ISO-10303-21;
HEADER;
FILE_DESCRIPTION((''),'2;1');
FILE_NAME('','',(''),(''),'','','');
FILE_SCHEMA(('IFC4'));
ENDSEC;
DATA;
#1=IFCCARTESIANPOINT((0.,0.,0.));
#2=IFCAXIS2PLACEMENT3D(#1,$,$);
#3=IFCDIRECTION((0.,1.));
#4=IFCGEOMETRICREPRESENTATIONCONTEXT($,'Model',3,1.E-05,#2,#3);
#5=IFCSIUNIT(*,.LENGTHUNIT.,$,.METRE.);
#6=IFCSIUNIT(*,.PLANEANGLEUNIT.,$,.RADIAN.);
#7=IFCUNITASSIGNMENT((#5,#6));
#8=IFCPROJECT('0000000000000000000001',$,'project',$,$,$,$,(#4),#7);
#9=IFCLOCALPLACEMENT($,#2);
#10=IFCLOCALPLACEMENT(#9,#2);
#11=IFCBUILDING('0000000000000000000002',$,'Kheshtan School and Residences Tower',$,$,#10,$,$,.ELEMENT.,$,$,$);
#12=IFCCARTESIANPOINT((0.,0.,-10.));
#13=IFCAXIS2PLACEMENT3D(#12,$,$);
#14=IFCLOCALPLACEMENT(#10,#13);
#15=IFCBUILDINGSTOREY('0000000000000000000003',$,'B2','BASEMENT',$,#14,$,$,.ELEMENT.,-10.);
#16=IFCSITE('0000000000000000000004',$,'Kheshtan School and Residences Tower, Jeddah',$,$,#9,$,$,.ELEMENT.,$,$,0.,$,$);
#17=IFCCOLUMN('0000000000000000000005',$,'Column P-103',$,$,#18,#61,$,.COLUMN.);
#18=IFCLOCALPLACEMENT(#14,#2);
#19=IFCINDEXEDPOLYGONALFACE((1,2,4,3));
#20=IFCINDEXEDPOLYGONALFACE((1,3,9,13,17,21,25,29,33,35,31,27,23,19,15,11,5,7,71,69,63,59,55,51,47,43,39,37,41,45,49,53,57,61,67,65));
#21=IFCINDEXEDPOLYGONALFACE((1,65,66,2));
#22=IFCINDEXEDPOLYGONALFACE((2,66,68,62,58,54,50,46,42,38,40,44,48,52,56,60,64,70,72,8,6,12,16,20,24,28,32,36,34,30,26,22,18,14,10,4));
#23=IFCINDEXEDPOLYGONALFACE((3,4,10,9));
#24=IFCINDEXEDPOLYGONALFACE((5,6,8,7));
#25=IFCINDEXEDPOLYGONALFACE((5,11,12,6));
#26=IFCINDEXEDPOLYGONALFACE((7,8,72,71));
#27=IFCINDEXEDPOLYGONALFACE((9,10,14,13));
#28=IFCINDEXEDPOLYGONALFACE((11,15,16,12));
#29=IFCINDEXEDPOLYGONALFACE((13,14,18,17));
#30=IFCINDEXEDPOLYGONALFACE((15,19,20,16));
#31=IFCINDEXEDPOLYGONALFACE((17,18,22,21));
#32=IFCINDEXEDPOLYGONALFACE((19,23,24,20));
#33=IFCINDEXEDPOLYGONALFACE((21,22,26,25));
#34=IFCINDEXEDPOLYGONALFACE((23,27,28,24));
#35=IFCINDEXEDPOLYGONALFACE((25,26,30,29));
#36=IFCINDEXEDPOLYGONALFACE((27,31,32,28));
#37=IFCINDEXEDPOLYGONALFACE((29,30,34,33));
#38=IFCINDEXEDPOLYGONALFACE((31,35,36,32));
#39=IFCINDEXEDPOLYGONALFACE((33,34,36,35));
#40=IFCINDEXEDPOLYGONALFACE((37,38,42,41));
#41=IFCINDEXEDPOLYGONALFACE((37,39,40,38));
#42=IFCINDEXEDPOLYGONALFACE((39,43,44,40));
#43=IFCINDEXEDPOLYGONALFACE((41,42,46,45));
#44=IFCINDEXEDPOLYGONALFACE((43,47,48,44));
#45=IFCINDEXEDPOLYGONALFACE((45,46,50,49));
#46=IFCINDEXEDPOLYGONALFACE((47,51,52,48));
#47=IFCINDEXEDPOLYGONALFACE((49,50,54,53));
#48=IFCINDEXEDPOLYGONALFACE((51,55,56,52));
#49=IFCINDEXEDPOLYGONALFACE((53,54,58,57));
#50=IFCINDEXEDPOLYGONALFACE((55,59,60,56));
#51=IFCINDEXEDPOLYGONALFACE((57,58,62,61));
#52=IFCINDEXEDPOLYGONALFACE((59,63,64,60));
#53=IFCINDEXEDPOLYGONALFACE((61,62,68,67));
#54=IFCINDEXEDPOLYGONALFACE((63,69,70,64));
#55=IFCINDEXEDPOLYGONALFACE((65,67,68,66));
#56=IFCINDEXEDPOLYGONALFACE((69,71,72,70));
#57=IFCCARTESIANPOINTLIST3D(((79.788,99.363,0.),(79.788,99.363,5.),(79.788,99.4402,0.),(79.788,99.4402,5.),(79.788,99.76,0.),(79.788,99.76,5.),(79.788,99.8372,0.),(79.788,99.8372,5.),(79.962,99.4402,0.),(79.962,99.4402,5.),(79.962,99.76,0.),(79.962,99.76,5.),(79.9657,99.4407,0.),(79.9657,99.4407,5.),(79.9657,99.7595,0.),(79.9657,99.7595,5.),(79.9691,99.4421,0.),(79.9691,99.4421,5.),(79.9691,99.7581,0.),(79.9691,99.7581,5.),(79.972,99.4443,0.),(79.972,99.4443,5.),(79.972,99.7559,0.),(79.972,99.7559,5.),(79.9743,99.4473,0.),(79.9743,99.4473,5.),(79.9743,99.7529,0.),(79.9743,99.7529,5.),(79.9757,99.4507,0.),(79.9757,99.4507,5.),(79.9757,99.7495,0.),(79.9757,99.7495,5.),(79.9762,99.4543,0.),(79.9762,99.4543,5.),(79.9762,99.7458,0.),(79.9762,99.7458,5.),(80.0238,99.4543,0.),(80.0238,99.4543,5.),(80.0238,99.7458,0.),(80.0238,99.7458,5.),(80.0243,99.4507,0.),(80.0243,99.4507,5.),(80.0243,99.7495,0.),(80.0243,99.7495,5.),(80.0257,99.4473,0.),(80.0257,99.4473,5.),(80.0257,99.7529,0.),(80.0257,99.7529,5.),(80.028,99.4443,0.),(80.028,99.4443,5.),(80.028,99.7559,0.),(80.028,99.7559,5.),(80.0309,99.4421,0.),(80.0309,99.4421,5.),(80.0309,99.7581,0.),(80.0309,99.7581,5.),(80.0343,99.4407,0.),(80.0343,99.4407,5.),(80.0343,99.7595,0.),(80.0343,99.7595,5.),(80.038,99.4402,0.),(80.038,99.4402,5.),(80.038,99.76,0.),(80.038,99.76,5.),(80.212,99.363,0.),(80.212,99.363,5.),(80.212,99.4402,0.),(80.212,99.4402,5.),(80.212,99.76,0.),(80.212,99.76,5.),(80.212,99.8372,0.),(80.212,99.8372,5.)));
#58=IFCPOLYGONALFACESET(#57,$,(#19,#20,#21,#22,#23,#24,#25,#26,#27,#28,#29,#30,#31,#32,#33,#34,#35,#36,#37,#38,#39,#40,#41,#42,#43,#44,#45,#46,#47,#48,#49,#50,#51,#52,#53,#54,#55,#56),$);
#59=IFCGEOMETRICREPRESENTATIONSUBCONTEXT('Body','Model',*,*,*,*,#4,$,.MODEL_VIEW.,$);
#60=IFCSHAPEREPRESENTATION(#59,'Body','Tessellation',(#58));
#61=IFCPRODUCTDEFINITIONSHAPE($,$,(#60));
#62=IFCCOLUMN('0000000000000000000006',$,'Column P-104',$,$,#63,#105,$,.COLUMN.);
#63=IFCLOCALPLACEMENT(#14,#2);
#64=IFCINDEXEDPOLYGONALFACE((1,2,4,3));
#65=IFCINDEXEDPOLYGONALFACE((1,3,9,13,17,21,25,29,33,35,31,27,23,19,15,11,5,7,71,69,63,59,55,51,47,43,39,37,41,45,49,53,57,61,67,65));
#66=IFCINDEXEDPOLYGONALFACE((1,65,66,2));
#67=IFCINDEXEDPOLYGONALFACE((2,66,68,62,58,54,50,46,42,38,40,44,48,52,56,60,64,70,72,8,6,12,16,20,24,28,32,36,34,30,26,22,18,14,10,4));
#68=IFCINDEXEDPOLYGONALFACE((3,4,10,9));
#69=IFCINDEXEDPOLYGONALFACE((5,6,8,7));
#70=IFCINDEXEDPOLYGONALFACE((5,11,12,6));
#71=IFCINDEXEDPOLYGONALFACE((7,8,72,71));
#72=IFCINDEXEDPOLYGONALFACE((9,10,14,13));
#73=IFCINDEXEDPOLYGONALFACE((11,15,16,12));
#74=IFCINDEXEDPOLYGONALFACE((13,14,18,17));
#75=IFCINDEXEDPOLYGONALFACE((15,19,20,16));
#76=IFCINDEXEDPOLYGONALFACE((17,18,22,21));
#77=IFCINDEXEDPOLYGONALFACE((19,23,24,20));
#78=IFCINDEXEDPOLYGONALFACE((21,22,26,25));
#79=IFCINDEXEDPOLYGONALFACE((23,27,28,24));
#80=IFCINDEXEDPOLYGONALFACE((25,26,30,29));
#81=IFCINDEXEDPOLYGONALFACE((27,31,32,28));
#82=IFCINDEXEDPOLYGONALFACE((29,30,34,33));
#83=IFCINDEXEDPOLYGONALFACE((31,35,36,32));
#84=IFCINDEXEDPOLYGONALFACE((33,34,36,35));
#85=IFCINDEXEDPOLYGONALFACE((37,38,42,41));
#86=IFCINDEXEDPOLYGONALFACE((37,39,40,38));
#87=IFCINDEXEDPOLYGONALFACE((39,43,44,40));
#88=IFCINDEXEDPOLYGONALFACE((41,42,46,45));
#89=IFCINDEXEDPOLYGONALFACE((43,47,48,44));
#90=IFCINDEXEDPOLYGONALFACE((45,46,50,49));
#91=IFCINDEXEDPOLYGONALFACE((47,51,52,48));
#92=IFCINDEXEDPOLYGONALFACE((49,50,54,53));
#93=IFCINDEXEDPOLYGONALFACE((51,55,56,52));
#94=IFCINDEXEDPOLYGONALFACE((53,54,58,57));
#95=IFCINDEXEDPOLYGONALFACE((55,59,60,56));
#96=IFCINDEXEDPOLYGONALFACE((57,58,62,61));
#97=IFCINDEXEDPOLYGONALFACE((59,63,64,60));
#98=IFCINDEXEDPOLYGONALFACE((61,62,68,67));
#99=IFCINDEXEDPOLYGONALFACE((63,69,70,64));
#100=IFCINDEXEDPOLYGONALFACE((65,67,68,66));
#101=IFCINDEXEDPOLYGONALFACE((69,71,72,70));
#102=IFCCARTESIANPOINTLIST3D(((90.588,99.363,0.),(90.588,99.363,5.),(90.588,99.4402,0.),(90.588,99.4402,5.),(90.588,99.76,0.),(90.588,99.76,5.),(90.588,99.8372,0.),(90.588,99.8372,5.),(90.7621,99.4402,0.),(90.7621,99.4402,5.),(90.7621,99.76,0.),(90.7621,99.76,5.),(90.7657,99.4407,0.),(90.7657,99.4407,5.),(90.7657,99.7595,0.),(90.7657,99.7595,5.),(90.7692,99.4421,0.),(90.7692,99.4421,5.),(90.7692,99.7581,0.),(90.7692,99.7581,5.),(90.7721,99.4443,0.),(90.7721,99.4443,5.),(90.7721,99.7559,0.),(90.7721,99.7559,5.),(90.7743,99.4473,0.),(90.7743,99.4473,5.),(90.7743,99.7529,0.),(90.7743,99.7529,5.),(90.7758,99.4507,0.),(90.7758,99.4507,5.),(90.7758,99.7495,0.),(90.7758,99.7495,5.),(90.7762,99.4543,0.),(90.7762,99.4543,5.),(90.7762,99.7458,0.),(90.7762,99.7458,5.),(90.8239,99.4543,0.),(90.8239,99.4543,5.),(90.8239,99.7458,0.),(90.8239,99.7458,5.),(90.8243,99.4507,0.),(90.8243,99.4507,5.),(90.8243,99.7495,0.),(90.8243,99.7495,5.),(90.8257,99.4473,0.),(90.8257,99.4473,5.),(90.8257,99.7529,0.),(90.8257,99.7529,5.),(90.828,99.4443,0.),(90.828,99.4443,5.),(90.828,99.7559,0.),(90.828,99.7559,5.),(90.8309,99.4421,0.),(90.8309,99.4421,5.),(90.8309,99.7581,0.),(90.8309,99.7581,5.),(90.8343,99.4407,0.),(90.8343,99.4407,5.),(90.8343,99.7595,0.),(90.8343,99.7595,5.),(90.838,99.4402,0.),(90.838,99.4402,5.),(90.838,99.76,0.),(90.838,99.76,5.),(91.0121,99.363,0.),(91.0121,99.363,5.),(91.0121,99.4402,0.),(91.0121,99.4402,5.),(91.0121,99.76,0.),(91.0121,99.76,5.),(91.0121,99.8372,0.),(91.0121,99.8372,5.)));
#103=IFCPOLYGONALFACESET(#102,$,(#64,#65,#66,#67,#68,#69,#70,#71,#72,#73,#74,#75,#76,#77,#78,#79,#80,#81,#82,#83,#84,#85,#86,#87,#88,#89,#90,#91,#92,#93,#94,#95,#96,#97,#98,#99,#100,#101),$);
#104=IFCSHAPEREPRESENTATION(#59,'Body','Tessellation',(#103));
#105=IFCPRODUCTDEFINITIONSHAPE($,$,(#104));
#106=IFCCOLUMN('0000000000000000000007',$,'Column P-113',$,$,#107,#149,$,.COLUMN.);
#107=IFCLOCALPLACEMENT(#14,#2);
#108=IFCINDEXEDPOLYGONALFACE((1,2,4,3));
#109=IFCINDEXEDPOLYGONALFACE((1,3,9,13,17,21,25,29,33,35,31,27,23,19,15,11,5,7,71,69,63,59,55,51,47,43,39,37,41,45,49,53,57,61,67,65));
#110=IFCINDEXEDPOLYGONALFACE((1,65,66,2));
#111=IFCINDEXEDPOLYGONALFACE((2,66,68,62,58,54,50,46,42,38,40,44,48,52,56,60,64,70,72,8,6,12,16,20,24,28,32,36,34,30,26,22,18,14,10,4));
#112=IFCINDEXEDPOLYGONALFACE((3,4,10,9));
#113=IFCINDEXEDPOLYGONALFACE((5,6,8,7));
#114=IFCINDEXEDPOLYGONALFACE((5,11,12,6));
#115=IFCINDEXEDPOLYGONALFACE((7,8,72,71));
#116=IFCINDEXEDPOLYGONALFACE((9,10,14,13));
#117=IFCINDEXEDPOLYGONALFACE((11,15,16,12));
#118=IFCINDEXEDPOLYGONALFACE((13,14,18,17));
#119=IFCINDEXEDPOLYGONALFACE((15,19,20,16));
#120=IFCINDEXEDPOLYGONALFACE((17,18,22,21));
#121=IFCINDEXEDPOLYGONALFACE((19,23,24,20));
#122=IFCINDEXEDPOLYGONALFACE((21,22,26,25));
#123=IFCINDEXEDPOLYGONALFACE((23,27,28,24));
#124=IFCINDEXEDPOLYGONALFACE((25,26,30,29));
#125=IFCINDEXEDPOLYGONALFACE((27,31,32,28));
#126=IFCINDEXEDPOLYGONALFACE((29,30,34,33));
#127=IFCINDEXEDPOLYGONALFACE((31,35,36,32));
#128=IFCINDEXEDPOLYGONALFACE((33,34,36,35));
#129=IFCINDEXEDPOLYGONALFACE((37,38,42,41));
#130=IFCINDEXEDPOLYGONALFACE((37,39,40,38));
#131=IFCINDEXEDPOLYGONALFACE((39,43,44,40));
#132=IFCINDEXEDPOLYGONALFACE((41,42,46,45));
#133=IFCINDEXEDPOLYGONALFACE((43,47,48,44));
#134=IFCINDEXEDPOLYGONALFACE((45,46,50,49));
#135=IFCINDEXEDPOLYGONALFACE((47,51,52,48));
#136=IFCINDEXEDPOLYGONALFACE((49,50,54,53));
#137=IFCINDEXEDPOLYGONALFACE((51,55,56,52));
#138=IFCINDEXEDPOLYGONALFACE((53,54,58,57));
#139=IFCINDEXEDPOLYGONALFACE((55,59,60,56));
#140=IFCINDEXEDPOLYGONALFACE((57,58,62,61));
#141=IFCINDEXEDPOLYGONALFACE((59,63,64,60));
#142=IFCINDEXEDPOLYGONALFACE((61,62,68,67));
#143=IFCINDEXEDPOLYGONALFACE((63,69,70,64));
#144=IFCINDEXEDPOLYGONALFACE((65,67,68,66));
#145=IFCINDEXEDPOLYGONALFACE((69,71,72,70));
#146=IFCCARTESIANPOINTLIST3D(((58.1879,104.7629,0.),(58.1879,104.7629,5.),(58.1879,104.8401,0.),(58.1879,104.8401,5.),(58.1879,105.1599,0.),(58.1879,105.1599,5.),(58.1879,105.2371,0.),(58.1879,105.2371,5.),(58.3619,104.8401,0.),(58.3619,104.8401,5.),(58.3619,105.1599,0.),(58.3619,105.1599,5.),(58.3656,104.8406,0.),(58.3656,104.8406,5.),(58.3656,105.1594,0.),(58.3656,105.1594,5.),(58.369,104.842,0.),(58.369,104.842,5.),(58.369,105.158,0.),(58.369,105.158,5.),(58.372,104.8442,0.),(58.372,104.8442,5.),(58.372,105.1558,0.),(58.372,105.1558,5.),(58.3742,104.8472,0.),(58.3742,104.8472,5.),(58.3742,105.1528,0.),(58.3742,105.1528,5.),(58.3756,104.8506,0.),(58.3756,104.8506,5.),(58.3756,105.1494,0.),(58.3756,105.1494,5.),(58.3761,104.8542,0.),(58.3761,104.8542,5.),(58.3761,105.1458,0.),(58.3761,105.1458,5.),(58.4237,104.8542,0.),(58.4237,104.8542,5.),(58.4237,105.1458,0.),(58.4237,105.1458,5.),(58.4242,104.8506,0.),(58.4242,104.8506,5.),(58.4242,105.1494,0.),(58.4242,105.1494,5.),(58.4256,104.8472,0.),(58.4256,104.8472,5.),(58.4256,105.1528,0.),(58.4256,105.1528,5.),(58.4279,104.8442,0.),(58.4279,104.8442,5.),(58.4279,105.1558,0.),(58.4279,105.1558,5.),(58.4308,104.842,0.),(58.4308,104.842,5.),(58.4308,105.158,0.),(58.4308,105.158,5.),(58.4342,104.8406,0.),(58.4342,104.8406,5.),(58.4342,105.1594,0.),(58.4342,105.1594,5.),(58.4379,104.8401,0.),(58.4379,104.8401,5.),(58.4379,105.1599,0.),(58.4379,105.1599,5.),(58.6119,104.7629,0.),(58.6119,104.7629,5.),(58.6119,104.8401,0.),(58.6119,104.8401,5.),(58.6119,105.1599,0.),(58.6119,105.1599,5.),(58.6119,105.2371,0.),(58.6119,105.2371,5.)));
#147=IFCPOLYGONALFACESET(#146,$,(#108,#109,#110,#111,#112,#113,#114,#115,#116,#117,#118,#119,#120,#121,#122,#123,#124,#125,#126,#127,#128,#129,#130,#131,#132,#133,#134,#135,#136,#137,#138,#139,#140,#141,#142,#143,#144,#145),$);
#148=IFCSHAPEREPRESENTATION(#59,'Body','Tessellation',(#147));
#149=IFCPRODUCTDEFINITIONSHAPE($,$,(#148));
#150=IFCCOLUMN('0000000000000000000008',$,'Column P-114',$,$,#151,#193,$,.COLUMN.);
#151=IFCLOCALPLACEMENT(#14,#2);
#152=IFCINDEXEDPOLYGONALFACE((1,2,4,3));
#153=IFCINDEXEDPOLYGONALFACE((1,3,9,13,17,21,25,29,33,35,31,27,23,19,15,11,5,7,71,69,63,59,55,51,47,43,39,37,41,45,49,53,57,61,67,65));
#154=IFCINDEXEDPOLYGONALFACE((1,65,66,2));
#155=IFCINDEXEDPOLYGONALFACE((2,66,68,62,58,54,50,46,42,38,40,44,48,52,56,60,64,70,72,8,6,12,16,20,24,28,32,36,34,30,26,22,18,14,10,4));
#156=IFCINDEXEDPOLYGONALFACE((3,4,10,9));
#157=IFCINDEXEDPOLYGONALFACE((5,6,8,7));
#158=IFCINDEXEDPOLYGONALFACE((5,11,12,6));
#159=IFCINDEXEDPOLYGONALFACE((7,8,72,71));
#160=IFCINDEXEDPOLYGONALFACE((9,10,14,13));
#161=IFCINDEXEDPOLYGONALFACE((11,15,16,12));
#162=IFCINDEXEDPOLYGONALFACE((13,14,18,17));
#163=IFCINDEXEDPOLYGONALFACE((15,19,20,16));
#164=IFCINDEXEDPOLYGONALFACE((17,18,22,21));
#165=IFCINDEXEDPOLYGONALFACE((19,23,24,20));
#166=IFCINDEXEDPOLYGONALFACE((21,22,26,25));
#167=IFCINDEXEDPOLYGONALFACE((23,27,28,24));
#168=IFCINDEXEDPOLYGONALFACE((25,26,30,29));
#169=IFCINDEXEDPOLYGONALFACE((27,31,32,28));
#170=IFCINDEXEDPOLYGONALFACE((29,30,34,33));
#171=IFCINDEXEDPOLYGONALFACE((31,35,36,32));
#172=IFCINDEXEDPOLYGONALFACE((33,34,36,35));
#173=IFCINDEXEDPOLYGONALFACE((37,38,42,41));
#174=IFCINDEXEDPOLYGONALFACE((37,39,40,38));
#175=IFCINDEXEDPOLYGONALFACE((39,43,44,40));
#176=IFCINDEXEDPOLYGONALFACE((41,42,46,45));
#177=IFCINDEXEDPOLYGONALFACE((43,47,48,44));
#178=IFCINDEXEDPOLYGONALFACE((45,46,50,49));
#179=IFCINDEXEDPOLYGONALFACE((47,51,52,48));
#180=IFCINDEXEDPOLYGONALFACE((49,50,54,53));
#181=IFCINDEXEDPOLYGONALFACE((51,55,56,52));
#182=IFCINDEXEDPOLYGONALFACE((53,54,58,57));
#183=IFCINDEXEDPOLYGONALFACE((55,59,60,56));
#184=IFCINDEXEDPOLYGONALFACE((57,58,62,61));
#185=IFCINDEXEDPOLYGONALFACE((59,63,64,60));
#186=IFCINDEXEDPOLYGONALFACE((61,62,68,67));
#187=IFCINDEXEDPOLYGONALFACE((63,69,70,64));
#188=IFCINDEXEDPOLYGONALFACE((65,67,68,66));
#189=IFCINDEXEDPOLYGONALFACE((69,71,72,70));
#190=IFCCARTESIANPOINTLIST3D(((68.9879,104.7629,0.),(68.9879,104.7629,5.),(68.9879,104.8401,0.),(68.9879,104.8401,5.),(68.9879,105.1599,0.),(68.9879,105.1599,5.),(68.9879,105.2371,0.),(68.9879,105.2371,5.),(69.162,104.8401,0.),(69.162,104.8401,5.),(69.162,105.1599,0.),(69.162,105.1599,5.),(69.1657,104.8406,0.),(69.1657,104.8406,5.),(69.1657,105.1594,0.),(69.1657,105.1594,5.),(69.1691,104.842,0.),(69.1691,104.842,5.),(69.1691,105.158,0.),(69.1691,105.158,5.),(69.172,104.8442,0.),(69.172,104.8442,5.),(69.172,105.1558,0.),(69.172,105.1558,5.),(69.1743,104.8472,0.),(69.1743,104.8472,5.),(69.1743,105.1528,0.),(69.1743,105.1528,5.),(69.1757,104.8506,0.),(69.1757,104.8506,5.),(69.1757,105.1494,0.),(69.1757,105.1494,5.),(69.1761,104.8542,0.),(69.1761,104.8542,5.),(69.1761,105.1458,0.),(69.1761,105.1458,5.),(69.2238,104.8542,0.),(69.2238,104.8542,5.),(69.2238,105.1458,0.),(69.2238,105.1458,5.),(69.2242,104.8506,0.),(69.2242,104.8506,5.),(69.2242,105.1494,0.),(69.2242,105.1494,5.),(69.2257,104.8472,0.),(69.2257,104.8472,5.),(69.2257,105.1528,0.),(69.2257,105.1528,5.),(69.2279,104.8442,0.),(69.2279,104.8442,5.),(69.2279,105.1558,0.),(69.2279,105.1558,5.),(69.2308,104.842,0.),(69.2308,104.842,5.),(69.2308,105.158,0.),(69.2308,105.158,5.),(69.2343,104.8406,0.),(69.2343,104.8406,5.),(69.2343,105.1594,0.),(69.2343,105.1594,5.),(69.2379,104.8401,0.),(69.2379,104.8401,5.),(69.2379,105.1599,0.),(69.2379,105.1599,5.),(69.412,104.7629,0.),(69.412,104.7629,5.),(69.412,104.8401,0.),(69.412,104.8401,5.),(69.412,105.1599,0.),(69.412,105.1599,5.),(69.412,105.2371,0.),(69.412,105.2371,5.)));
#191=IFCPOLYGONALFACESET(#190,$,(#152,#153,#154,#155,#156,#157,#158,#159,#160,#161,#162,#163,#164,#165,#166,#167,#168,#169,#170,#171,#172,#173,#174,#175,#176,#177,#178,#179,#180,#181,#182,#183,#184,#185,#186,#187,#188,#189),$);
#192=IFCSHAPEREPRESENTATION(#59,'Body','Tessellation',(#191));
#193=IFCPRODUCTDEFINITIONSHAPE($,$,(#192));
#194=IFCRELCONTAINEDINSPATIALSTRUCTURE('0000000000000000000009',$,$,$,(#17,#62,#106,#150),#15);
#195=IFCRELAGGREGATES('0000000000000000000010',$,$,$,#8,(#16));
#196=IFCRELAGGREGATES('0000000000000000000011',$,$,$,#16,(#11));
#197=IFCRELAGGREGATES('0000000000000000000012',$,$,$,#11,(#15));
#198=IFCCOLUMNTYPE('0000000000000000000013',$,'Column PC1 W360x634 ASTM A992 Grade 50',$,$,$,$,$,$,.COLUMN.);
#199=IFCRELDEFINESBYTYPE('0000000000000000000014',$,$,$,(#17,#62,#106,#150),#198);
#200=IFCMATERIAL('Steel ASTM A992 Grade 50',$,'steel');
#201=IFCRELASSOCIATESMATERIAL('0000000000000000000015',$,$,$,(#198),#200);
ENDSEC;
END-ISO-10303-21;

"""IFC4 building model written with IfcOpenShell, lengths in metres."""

from ifc_helpers import new_model, si_unit, direction, frame, origin, origin_2d, place, context, subcontext, project, spatial, i_section, extrude, material, material_profile, profile_set, type_object, element, save


model = new_model("IFC4")

# Units and contexts
model_context = context("Model", 3, precision=1e-05, world=origin(), true_north=direction((0.0, 1.0)))
body_context = subcontext(model_context, "Body", "Model", "MODEL_VIEW")
ifc_project = project(units=[si_unit("LENGTHUNIT", "METRE"), si_unit("PLANEANGLEUNIT", "RADIAN")], contexts=[model_context])

# Site, building, storey
site_placement = place(None, origin())
site = spatial("IfcSite", under=ifc_project, at=site_placement, Name="Kheshtan School and Residences Tower, Jeddah", CompositionType="ELEMENT", RefElevation=0.0)
building_placement = place(site_placement, origin())
building = spatial("IfcBuilding", under=site, at=building_placement, Name="Kheshtan School and Residences Tower", CompositionType="ELEMENT")
storey_placement = place(building_placement, frame((0.0, 0.0, -10.0)))
storey = spatial("IfcBuildingStorey", under=building, at=storey_placement, Name="B2", Description="BASEMENT", CompositionType="ELEMENT", Elevation=-10.0)

# Columns
ifc_material_1 = material(Name="Steel ASTM A992 Grade 50", Category="steel")
ifc_material_profile = material_profile(ifc_material_1, i_section(OverallWidth=0.4241, OverallDepth=0.4741, WebThickness=0.0476, FlangeThickness=0.0771, FilletRadius=0.0142, at=origin_2d()), Name="W360x634")
ifc_profile_set = profile_set([ifc_material_profile], Name="Steel ASTM A992 Grade 50")
column_type = type_object("IfcColumnType", Name="Column PC1 W360x634 ASTM A992 Grade 50", PredefinedType="COLUMN", material=ifc_profile_set)
for number, where, z_axis, x_axis, name in (
    (1, (80.0, 99.6001, 0.0), (0.0, 0.0, 1.0), (1.0, 0.0, 0.0), "Column P-103"),
    (2, (90.8, 99.6001, 0.0), (0.0, 0.0, 1.0), (1.0, 0.0, 0.0), "Column P-104"),
    (3, (58.3999, 105.0, 0.0), (0.0, 0.0, 1.0), (1.0, 0.0, 0.0), "Column P-113"),
    (4, (69.2, 105.0, 0.0), (0.0, 0.0, 1.0), (1.0, 0.0, 0.0), "Column P-114"),
):
    element("IfcColumn", number, at=place(storey_placement, frame(where, z_axis=z_axis, x_axis=x_axis)), inside=storey, type_object=column_type, Name=name, PredefinedType="COLUMN", context=body_context, shape_type="SweptSolid", body=[
        extrude(i_section(OverallWidth=0.4241, OverallDepth=0.4741, WebThickness=0.0476, FlangeThickness=0.0771, FilletRadius=0.0142, at=origin_2d()), origin(), (0.0, 0.0, 1.0), 5.0),
    ])

save(model, "model.ifc")
